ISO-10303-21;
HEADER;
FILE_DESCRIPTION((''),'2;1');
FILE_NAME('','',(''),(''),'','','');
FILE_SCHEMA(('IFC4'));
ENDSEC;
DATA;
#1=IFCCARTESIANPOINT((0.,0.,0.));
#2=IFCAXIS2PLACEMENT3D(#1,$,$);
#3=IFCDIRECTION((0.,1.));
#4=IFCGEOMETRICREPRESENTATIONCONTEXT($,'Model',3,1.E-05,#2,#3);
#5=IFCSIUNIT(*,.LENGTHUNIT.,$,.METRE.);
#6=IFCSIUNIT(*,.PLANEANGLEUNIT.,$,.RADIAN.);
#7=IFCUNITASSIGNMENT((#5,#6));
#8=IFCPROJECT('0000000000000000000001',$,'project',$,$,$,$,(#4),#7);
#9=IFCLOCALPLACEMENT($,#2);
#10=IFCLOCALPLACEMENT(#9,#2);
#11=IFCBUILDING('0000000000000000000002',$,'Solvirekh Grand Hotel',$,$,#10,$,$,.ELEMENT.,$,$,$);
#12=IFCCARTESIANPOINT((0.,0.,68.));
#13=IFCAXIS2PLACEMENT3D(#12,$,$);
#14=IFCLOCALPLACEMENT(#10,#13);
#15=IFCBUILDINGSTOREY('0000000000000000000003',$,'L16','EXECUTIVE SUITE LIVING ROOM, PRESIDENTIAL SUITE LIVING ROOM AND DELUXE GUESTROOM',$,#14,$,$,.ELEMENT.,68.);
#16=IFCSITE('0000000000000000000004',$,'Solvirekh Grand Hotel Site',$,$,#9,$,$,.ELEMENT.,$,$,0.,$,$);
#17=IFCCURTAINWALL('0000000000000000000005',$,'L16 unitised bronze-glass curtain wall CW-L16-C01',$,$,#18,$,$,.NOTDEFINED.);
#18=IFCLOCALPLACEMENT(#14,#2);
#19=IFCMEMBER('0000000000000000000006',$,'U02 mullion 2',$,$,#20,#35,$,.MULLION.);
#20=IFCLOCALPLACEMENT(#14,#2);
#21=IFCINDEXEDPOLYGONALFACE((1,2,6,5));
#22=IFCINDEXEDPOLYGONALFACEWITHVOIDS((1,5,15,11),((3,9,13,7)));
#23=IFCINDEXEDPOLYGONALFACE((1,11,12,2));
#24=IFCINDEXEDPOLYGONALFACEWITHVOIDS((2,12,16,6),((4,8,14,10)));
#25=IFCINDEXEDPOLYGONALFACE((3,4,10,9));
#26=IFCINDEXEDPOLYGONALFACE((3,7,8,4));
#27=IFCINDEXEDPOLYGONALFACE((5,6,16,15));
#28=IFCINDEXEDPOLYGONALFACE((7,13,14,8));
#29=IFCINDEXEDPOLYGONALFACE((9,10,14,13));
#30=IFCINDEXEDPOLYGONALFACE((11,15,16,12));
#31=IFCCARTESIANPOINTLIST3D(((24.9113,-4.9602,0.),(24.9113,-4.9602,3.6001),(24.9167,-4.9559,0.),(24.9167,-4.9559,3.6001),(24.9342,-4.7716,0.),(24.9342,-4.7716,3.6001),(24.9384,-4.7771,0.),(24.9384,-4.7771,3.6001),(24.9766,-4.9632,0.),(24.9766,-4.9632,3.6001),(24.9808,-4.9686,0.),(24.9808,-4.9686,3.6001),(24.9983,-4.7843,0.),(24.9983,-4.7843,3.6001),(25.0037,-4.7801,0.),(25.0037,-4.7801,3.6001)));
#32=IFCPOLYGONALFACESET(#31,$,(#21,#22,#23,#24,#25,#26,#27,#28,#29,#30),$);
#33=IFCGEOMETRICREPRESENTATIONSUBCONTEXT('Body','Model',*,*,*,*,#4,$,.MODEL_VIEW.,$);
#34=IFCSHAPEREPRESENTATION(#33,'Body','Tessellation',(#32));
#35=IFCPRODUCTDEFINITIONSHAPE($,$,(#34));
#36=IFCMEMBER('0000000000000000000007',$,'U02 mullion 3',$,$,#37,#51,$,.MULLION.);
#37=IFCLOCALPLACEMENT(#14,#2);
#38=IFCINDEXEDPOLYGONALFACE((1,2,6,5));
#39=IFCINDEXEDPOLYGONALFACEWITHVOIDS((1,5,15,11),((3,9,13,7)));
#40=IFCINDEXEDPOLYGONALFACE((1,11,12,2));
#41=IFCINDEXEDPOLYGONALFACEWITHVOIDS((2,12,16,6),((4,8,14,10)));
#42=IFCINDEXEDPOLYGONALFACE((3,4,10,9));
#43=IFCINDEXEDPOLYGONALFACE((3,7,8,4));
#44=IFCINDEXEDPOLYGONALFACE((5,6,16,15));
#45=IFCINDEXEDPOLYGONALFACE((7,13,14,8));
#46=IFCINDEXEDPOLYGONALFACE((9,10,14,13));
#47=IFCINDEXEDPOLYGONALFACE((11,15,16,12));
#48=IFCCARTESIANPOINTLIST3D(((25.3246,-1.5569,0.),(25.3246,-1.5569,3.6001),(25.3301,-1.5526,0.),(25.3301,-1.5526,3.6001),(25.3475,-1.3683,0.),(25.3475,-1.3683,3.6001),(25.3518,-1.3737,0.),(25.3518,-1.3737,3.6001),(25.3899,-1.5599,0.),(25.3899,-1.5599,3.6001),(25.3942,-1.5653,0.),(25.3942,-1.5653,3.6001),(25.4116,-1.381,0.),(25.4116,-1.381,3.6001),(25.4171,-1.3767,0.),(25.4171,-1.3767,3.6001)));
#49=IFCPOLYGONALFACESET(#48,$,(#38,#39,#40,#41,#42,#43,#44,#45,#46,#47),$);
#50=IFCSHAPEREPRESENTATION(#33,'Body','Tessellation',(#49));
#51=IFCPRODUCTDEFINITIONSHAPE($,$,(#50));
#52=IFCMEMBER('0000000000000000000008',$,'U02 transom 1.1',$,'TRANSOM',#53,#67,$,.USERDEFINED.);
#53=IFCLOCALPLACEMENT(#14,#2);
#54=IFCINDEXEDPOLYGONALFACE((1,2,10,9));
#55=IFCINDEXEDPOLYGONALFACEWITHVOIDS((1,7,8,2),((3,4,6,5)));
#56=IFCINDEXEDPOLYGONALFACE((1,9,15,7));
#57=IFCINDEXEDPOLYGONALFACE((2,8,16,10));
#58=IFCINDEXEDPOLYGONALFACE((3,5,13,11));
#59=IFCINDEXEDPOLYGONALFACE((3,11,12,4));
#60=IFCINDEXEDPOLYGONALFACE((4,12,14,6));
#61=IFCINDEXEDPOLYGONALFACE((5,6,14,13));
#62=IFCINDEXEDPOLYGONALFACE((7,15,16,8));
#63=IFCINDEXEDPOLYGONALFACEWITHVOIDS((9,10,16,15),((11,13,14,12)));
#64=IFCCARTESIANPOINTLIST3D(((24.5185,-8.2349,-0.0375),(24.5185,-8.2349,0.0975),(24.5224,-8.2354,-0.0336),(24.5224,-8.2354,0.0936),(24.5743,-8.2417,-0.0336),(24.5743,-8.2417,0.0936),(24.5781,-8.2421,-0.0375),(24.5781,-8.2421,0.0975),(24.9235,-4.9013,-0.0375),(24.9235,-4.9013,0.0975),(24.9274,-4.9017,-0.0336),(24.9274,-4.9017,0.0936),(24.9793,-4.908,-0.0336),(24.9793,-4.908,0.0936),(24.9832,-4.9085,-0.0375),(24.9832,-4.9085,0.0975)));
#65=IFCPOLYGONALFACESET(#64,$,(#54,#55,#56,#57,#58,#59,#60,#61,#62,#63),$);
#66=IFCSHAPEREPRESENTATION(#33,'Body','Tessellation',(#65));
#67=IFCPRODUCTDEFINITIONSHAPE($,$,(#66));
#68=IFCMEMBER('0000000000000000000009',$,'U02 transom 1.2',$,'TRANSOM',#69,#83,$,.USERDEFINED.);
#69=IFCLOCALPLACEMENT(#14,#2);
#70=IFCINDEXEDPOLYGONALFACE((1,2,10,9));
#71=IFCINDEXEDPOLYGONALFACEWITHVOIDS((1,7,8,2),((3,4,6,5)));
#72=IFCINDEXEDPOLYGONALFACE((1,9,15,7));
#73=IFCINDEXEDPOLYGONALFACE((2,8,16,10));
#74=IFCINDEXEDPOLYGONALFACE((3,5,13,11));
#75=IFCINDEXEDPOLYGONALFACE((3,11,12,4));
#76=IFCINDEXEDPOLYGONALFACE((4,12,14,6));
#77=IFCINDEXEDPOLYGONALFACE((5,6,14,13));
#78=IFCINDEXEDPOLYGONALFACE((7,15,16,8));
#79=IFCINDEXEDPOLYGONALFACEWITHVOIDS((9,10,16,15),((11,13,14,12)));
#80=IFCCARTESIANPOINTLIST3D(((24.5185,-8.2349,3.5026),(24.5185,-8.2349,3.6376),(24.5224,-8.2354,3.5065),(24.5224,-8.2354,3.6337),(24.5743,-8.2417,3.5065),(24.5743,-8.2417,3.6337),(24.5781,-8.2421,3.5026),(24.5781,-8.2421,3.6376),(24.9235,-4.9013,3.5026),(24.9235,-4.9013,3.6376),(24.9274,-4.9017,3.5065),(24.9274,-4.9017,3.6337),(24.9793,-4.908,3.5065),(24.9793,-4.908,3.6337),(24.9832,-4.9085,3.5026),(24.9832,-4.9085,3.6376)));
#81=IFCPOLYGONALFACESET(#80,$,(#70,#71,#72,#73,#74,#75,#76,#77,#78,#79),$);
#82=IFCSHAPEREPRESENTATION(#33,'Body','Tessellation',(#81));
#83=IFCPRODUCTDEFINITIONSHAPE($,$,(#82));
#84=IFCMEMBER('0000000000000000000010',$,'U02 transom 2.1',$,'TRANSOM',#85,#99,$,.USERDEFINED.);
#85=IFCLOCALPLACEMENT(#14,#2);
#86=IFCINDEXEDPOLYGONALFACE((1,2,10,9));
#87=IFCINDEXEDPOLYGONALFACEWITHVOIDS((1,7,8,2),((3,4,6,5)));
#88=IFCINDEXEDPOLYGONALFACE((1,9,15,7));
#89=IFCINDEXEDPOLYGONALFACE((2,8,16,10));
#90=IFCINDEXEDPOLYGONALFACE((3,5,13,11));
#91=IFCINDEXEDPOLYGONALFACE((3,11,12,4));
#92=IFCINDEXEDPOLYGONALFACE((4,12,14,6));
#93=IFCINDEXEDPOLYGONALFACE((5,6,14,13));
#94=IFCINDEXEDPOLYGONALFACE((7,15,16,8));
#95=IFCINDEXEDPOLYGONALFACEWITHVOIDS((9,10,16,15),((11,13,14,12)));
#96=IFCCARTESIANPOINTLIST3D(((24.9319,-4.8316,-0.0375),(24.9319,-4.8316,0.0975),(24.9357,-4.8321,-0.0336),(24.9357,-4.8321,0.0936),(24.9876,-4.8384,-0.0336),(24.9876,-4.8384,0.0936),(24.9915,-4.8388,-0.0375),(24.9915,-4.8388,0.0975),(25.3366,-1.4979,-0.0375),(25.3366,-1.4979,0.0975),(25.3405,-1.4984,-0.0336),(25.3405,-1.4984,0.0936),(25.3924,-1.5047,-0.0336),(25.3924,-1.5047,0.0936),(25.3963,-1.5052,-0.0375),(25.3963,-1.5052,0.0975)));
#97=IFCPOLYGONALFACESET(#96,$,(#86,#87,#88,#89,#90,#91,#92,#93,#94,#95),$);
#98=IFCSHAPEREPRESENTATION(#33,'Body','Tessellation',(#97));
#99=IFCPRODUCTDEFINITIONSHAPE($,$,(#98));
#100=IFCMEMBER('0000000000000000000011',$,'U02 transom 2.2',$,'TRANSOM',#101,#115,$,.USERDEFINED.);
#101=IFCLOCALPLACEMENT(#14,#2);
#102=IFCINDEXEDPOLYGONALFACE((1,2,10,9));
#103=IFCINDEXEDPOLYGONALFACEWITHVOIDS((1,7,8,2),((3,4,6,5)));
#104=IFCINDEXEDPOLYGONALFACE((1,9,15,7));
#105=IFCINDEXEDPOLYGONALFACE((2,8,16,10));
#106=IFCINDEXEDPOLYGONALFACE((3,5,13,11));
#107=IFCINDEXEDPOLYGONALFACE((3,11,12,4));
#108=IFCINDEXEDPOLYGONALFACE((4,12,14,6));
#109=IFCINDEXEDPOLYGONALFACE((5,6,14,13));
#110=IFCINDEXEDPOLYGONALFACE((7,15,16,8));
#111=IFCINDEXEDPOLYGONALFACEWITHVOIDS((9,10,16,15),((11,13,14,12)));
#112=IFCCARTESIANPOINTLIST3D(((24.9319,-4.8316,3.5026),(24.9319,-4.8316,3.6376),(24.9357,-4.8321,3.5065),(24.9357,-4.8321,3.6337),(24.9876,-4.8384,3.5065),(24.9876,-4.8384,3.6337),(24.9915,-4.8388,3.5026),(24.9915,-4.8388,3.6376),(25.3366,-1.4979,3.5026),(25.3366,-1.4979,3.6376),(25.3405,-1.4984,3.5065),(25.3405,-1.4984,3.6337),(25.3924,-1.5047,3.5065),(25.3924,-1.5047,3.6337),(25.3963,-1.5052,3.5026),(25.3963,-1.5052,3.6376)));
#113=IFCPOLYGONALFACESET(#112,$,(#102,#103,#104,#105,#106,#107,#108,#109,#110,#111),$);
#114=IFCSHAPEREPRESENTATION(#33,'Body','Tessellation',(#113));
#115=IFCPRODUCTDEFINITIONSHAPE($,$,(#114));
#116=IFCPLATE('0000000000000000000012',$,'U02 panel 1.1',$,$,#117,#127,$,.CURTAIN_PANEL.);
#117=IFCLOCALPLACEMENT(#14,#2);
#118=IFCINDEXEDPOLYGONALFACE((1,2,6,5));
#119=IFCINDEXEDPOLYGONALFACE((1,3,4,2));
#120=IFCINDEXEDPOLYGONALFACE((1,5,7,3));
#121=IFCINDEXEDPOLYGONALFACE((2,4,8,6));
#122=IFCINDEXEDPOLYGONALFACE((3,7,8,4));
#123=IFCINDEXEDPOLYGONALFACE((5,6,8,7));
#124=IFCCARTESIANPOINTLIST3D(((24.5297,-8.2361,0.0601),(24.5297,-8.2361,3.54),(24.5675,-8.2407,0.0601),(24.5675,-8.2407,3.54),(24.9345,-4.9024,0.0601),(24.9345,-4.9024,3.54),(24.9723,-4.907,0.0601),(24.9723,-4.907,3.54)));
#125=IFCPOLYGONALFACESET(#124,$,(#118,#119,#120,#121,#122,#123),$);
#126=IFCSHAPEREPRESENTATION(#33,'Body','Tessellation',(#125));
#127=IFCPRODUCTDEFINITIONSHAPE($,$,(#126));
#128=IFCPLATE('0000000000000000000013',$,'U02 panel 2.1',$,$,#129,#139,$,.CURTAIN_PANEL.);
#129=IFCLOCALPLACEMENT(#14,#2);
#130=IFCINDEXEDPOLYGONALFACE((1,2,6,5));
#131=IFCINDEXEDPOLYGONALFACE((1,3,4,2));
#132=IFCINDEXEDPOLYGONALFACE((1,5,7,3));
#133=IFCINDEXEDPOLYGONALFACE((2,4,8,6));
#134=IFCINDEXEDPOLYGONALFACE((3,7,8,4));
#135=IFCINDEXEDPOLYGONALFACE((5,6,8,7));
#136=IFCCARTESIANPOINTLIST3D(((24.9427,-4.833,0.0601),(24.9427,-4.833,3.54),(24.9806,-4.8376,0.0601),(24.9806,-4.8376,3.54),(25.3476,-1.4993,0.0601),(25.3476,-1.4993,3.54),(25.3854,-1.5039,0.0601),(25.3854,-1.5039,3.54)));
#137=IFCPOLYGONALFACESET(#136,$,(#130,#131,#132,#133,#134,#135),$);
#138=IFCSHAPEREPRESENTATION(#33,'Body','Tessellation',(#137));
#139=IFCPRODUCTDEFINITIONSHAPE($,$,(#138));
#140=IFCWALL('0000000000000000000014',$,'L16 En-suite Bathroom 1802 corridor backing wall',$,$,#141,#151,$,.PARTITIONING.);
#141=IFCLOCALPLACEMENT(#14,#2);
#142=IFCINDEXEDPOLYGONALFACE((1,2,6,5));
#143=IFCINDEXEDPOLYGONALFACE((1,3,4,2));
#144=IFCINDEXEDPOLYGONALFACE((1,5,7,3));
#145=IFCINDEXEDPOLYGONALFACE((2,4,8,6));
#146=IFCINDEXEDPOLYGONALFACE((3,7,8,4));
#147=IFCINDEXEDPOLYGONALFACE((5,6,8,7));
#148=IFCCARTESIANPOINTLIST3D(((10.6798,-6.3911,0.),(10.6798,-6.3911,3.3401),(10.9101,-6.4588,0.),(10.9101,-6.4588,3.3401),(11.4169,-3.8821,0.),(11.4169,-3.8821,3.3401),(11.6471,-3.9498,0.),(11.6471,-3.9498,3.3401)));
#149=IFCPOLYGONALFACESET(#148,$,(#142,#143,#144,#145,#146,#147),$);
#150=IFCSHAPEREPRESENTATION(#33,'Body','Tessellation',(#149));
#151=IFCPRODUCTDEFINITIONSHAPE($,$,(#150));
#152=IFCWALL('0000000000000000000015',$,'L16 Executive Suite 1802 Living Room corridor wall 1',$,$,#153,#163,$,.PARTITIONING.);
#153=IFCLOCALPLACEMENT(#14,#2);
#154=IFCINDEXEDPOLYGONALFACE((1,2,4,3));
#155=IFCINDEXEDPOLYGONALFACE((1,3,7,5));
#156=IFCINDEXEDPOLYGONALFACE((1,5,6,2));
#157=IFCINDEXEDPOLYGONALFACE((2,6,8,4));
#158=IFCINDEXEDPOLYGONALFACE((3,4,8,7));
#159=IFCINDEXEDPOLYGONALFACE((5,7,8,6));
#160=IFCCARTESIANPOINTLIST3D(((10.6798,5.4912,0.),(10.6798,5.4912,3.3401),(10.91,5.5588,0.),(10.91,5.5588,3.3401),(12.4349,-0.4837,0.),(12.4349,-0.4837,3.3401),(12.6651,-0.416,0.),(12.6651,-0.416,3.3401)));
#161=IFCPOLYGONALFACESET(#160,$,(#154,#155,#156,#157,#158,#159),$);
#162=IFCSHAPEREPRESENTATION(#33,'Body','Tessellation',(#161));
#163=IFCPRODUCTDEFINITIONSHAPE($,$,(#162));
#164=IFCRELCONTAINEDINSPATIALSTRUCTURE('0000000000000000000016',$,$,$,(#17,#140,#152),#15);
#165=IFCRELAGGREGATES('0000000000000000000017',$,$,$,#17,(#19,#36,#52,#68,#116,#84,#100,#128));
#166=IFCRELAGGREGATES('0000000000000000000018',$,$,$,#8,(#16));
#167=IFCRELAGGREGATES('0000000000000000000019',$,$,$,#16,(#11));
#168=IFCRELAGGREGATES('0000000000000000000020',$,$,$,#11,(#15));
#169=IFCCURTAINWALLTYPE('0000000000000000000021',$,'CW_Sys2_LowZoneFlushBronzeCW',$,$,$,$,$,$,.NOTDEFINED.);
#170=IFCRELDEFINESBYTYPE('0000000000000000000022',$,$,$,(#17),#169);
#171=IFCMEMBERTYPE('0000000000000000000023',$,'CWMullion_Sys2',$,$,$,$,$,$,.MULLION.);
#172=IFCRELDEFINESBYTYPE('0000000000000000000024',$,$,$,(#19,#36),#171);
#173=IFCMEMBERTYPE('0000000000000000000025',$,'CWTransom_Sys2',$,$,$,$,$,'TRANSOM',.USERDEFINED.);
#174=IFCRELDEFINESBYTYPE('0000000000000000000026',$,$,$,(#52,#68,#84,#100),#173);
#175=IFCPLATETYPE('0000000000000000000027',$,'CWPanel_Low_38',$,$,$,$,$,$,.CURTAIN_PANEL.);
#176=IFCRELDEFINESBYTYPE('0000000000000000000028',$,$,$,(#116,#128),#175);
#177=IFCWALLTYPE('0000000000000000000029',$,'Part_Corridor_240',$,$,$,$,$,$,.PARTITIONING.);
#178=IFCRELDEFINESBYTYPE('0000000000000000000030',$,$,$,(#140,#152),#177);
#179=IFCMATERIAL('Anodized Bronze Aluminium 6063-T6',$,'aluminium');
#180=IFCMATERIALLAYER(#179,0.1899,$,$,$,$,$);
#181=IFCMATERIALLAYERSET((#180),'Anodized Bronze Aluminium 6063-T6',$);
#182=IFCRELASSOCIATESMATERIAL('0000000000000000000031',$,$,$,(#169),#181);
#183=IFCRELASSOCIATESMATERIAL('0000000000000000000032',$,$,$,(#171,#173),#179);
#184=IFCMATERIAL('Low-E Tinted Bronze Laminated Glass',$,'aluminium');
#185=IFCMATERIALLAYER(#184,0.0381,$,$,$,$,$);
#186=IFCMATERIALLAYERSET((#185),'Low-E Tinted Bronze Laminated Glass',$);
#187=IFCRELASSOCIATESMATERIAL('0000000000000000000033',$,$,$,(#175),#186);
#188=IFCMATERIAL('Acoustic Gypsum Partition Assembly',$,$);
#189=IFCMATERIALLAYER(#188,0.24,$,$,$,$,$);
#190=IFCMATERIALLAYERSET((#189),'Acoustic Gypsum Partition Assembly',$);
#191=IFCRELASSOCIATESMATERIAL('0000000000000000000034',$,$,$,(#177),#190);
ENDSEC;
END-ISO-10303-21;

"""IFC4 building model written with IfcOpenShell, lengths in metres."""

from ifc_helpers import new_model, si_unit, direction, frame, frame_2d, origin, origin_2d, place, context, subcontext, project, spatial, rectangle, hollow_rectangle, extrude, source, transform, mapped, material, layer, layer_set, material_profile, profile_set, type_object, element, aggregate, save


model = new_model("IFC4")

# Units and contexts
model_context = context("Model", 3, precision=1e-05, world=origin(), true_north=direction((0.0, 1.0)))
body_context = subcontext(model_context, "Body", "Model", "MODEL_VIEW")
ifc_project = project(units=[si_unit("LENGTHUNIT", "METRE"), si_unit("PLANEANGLEUNIT", "RADIAN")], contexts=[model_context])

# Site, building, storey
site_placement = place(None, origin())
site = spatial("IfcSite", under=ifc_project, at=site_placement, Name="Solvirekh Grand Hotel Site", CompositionType="ELEMENT", RefElevation=0.0)
building_placement = place(site_placement, origin())
building = spatial("IfcBuilding", under=site, at=building_placement, Name="Solvirekh Grand Hotel", CompositionType="ELEMENT")
storey_placement = place(building_placement, frame((0.0, 0.0, 68.0)))
storey = spatial("IfcBuildingStorey", under=building, at=storey_placement, Name="L16", Description="EXECUTIVE SUITE LIVING ROOM, PRESIDENTIAL SUITE LIVING ROOM AND DELUXE GUESTROOM", CompositionType="ELEMENT", Elevation=68.0)

# Curtain wall, members, plates
ifc_material_1 = material(Name="Anodized Bronze Aluminium 6063-T6", Category="aluminium")
ifc_layer_1 = layer(ifc_material_1, 0.1899)
ifc_layer_set_1 = layer_set([ifc_layer_1], Name="Anodized Bronze Aluminium 6063-T6")
curtain_wall_type = type_object("IfcCurtainWallType", Name="CW_Sys2_LowZoneFlushBronzeCW", PredefinedType="NOTDEFINED", material=ifc_layer_set_1)
curtain_wall_placement = place(storey_placement, origin())
curtain_wall = element("IfcCurtainWall", 1, at=curtain_wall_placement, inside=storey, type_object=curtain_wall_type, Name="L16 unitised bronze-glass curtain wall CW-L16-C01", PredefinedType="NOTDEFINED")
ifc_material_profile_1 = material_profile(ifc_material_1, hollow_rectangle(XDim=0.0701, YDim=0.1899, WallThickness=0.0049, at=origin_2d()), Name="ALU RHS 190X70X5")
ifc_profile_set_1 = profile_set([ifc_material_profile_1], Name="Anodized Bronze Aluminium 6063-T6")
member_type_1 = type_object("IfcMemberType", Name="CWMullion_Sys2", PredefinedType="MULLION", material=ifc_profile_set_1)
shared_shape_1 = source(origin(), body_context, "Body", "SweptSolid", [
    extrude(hollow_rectangle(XDim=0.0701, YDim=0.1899, WallThickness=0.0049, at=origin_2d()), origin(), (0.0, 0.0, 1.0), 3.6001),
])
member_1_placement = place(storey_placement, frame((24.9575, -4.8701, 0.0), z_axis=(0.0, 0.0, 1.0), x_axis=(-0.992707, 0.120551, 0.0)))
member_1 = element("IfcMember", 2, at=member_1_placement, type_object=member_type_1, Name="U02 mullion 2", PredefinedType="MULLION", context=body_context, shape_type="MappedRepresentation", body=[
    mapped(shared_shape_1, transform((0.0, 0.0, 0.0), x_axis=(1.0, 0.0, 0.0), y_axis=(0.0, 1.0, 0.0), z_axis=(0.0, 0.0, 1.0), scale=1.0)),
])
member_2_placement = place(storey_placement, frame((25.3708, -1.4668, 0.0), z_axis=(0.0, 0.0, 1.0), x_axis=(-0.992707, 0.120551, 0.0)))
member_2 = element("IfcMember", 3, at=member_2_placement, type_object=member_type_1, Name="U02 mullion 3", PredefinedType="MULLION", context=body_context, shape_type="MappedRepresentation", body=[
    mapped(shared_shape_1, transform((0.0, 0.0, 0.0), x_axis=(1.0, 0.0, 0.0), y_axis=(0.0, 1.0, 0.0), z_axis=(0.0, 0.0, 1.0), scale=1.0)),
])
ifc_material_profile_2 = material_profile(ifc_material_1, hollow_rectangle(XDim=0.0601, YDim=0.135, WallThickness=0.0039, at=origin_2d()), Name="ALU RHS 135X60X4")
ifc_profile_set_2 = profile_set([ifc_material_profile_2], Name="Anodized Bronze Aluminium 6063-T6")
member_type_2 = type_object("IfcMemberType", Name="CWTransom_Sys2", ElementType="TRANSOM", PredefinedType="USERDEFINED", material=ifc_profile_set_2)
shared_shape_2 = source(origin(), body_context, "Body", "SweptSolid", [
    extrude(hollow_rectangle(XDim=0.0601, YDim=0.135, WallThickness=0.0039, at=origin_2d()), origin(), (0.0, 0.0, 1.0), 3.3582),
])
member_3_placement = place(storey_placement, frame((24.5483, -8.2385, 0.03), z_axis=(0.120607, 0.9927, 0.0), x_axis=(-0.9927, 0.120607, 0.0)))
member_3 = element("IfcMember", 4, at=member_3_placement, type_object=member_type_2, Name="U02 transom 1.1", ObjectType="TRANSOM", PredefinedType="USERDEFINED", context=body_context, shape_type="MappedRepresentation", body=[
    mapped(shared_shape_2, transform((0.0, 0.0, 0.0), x_axis=(1.0, 0.0, 0.0), y_axis=(0.0, 1.0, 0.0), z_axis=(0.0, 0.0, 1.0), scale=1.0)),
])
member_4_placement = place(storey_placement, frame((24.5483, -8.2385, 3.5701), z_axis=(0.120607, 0.9927, 0.0), x_axis=(-0.9927, 0.120607, 0.0)))
member_4 = element("IfcMember", 5, at=member_4_placement, type_object=member_type_2, Name="U02 transom 1.2", ObjectType="TRANSOM", PredefinedType="USERDEFINED", context=body_context, shape_type="MappedRepresentation", body=[
    mapped(shared_shape_2, transform((0.0, 0.0, 0.0), x_axis=(1.0, 0.0, 0.0), y_axis=(0.0, 1.0, 0.0), z_axis=(0.0, 0.0, 1.0), scale=1.0)),
])
member_5_placement = place(storey_placement, frame((24.9617, -4.8352, 0.03), z_axis=(0.120535, 0.992709, 0.0), x_axis=(-0.992709, 0.120535, 0.0)))
member_5 = element("IfcMember", 6, at=member_5_placement, type_object=member_type_2, Name="U02 transom 2.1", ObjectType="TRANSOM", PredefinedType="USERDEFINED", context=body_context, shape_type="MappedRepresentation", body=[
    mapped(shared_shape_2, transform((0.0, 0.0, 0.0), x_axis=(1.0, 0.0, 0.0), y_axis=(0.0, 1.0, 0.0), z_axis=(0.0, 0.0, 1.0), scale=1.0)),
])
member_6_placement = place(storey_placement, frame((24.9617, -4.8352, 3.5701), z_axis=(0.120535, 0.992709, 0.0), x_axis=(-0.992709, 0.120535, 0.0)))
member_6 = element("IfcMember", 7, at=member_6_placement, type_object=member_type_2, Name="U02 transom 2.2", ObjectType="TRANSOM", PredefinedType="USERDEFINED", context=body_context, shape_type="MappedRepresentation", body=[
    mapped(shared_shape_2, transform((0.0, 0.0, 0.0), x_axis=(1.0, 0.0, 0.0), y_axis=(0.0, 1.0, 0.0), z_axis=(0.0, 0.0, 1.0), scale=1.0)),
])
ifc_material_2 = material(Name="Low-E Tinted Bronze Laminated Glass", Category="aluminium")
ifc_layer_2 = layer(ifc_material_2, 0.0381)
ifc_layer_set_2 = layer_set([ifc_layer_2], Name="Low-E Tinted Bronze Laminated Glass")
plate_type = type_object("IfcPlateType", Name="CWPanel_Low_38", PredefinedType="CURTAIN_PANEL", material=ifc_layer_set_2)
shared_shape_3 = source(origin(), body_context, "Body", "SweptSolid", [
    extrude(rectangle(XDim=3.3582, YDim=0.0381, at=origin_2d()), origin(), (0.0, 0.0, 1.0), 3.48),
])
plate_1_placement = place(storey_placement, frame((24.751, -6.5715, 0.0601), z_axis=(0.0, 0.0, 1.0), x_axis=(0.120551, 0.992707, 0.0)))
plate_1 = element("IfcPlate", 8, at=plate_1_placement, type_object=plate_type, Name="U02 panel 1.1", PredefinedType="CURTAIN_PANEL", context=body_context, shape_type="MappedRepresentation", body=[
    mapped(shared_shape_3, transform((0.0, 0.0, 0.0), x_axis=(1.0, 0.0, 0.0), y_axis=(0.0, 1.0, 0.0), z_axis=(0.0, 0.0, 1.0), scale=1.0)),
])
plate_2_placement = place(storey_placement, frame((25.1641, -3.1685, 0.0601), z_axis=(0.0, 0.0, 1.0), x_axis=(0.120551, 0.992707, 0.0)))
plate_2 = element("IfcPlate", 9, at=plate_2_placement, type_object=plate_type, Name="U02 panel 2.1", PredefinedType="CURTAIN_PANEL", context=body_context, shape_type="MappedRepresentation", body=[
    mapped(shared_shape_3, transform((0.0, 0.0, 0.0), x_axis=(1.0, 0.0, 0.0), y_axis=(0.0, 1.0, 0.0), z_axis=(0.0, 0.0, 1.0), scale=1.0)),
])
aggregate(curtain_wall, [member_1, member_2, member_3, member_4, plate_1, member_5, member_6, plate_2])

# Walls
ifc_material_3 = material(Name="Acoustic Gypsum Partition Assembly")
ifc_layer_3 = layer(ifc_material_3, 0.24)
ifc_layer_set_3 = layer_set([ifc_layer_3], Name="Acoustic Gypsum Partition Assembly")
wall_type_1 = type_object("IfcWallType", Name="Part_Corridor_240", PredefinedType="PARTITIONING", material=ifc_layer_set_3)
wall_1_placement = place(storey_placement, frame((10.7949, -6.425, 0.0), z_axis=(0.0, 0.0, 1.0), x_axis=(0.281853, 0.959458, 0.0)))
element("IfcWall", 10, at=wall_1_placement, inside=storey, type_object=wall_type_1, Name="L16 En-suite Bathroom 1802 corridor backing wall", PredefinedType="PARTITIONING", context=body_context, shape_type="SweptSolid", body=[
    extrude(rectangle(XDim=2.615, YDim=0.24, at=frame_2d((1.3076, 0.0))), origin(), (0.0, 0.0, 1.0), 3.3401),
])
wall_2_placement = place(storey_placement, frame((12.55, -0.45, 0.0), z_axis=(0.0, 0.0, 1.0), x_axis=(-0.281844, 0.95946, 0.0)))
element("IfcWall", 11, at=wall_2_placement, inside=storey, type_object=wall_type_1, Name="L16 Executive Suite 1802 Living Room corridor wall 1", PredefinedType="PARTITIONING", context=body_context, shape_type="SweptSolid", body=[
    extrude(rectangle(XDim=6.2273, YDim=0.24, at=frame_2d((3.1138, 0.0))), origin(), (0.0, 0.0, 1.0), 3.3401),
])

save(model, "model.ifc")
